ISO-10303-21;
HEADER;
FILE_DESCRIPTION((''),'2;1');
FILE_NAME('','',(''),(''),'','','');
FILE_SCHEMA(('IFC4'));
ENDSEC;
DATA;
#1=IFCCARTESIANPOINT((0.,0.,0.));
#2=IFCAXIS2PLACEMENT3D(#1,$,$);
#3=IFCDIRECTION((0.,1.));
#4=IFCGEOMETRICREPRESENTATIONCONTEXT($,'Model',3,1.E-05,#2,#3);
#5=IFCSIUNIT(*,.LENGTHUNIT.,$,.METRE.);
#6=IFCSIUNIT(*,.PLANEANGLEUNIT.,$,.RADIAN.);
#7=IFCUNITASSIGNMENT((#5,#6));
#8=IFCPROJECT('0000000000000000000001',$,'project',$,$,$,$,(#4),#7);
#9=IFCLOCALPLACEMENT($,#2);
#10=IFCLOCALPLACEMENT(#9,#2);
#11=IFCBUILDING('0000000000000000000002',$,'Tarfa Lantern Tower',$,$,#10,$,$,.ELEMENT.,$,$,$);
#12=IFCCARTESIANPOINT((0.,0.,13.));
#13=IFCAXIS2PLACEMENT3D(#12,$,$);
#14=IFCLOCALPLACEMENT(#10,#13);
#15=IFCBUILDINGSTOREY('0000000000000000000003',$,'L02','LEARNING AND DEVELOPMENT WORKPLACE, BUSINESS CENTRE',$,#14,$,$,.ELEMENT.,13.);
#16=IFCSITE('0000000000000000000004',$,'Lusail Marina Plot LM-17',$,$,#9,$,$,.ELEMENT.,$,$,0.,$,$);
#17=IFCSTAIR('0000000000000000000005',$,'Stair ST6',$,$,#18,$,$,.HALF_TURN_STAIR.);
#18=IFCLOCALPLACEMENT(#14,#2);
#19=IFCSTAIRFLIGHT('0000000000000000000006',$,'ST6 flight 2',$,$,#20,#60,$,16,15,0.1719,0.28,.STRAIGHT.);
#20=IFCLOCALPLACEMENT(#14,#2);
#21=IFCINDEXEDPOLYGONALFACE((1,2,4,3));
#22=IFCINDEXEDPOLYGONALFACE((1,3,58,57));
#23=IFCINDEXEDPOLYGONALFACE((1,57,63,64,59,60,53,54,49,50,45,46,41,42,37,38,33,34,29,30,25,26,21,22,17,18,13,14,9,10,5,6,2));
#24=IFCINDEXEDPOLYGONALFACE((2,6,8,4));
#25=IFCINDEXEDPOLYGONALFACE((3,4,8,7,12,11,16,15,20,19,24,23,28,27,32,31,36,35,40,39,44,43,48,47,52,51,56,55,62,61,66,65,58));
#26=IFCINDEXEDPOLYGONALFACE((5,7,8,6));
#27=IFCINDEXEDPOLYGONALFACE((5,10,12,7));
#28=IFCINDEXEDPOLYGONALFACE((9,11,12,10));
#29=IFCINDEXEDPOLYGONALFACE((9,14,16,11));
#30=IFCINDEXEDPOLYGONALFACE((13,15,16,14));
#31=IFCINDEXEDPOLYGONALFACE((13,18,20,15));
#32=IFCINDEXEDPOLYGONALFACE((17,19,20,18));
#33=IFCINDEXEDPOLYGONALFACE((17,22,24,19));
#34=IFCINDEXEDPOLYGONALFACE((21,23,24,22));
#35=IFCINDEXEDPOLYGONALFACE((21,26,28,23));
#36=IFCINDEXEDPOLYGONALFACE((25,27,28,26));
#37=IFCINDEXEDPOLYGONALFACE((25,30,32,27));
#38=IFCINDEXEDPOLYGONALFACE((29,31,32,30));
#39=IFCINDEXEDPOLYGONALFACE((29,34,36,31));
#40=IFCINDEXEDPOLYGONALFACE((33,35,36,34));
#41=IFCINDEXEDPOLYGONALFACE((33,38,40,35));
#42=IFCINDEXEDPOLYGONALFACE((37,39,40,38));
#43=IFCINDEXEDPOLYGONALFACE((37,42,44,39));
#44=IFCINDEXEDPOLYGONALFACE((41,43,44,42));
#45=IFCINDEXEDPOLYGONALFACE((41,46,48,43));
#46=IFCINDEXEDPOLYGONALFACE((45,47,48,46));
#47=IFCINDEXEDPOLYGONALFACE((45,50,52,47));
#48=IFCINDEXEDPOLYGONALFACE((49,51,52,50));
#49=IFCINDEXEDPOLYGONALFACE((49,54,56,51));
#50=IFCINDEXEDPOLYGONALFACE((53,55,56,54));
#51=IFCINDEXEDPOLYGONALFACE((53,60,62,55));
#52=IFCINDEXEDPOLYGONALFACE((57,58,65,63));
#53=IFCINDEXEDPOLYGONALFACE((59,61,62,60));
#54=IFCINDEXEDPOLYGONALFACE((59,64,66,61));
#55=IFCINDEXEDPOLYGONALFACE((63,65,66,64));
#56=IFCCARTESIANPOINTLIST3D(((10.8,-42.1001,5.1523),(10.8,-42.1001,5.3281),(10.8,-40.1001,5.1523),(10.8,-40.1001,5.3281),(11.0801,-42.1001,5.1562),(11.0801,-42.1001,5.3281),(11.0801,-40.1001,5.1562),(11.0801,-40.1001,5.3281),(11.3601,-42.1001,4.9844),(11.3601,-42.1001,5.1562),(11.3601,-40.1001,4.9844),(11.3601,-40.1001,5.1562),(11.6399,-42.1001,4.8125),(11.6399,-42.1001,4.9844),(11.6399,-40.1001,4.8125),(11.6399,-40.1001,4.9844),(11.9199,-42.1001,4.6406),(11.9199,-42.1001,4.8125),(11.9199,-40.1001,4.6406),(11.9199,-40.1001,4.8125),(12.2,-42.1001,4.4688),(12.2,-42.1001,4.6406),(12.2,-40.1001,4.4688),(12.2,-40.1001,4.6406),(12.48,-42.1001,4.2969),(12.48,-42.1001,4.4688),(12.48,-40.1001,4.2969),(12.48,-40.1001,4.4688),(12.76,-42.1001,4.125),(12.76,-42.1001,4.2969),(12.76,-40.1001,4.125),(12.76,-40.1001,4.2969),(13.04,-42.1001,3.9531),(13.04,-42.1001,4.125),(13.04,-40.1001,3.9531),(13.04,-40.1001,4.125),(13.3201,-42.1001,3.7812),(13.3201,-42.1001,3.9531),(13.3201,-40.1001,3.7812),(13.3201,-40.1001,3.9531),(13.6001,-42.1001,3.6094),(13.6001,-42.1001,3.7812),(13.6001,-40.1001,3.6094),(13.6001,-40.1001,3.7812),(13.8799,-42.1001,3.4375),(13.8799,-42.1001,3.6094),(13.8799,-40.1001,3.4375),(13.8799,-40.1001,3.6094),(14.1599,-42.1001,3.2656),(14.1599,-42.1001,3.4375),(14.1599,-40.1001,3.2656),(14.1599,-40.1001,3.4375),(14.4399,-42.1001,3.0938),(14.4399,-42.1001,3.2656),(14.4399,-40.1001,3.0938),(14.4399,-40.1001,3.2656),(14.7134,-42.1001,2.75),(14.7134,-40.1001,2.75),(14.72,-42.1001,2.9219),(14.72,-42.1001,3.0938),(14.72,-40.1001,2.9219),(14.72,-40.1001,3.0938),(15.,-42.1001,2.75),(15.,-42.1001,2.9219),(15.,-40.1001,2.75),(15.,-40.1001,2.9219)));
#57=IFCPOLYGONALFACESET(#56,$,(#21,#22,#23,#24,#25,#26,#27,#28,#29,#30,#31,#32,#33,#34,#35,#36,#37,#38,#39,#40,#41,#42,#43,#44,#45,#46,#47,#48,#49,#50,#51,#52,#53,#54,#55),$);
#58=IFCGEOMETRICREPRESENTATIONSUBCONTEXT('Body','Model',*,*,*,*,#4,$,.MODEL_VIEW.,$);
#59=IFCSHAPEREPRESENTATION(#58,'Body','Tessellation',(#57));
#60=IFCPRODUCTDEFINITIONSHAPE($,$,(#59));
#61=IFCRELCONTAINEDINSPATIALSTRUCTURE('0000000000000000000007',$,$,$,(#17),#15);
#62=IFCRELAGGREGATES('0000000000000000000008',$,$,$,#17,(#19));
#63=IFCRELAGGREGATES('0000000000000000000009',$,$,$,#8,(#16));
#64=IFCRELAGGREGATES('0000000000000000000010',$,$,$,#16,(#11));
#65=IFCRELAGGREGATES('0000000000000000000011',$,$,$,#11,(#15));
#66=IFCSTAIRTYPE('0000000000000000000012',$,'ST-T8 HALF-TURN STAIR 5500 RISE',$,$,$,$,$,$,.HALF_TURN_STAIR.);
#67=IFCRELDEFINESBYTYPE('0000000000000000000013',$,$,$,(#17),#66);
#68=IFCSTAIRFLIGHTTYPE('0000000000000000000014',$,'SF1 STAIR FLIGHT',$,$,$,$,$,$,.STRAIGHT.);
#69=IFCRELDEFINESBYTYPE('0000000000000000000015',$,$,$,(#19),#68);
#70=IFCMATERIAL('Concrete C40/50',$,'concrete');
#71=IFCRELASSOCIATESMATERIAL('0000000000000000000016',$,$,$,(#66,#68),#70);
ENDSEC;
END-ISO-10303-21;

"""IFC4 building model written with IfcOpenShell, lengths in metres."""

from ifc_helpers import new_model, si_unit, direction, frame, origin, place, context, subcontext, project, spatial, polyline, outline, extrude, material, type_object, element, aggregate, save


model = new_model("IFC4")

# Units and contexts
model_context = context("Model", 3, precision=1e-05, world=origin(), true_north=direction((0.0, 1.0)))
body_context = subcontext(model_context, "Body", "Model", "MODEL_VIEW")
ifc_project = project(units=[si_unit("LENGTHUNIT", "METRE"), si_unit("PLANEANGLEUNIT", "RADIAN")], contexts=[model_context])

# Site, building, storey
site_placement = place(None, origin())
site = spatial("IfcSite", under=ifc_project, at=site_placement, Name="Lusail Marina Plot LM-17", CompositionType="ELEMENT", RefElevation=0.0)
building_placement = place(site_placement, origin())
building = spatial("IfcBuilding", under=site, at=building_placement, Name="Tarfa Lantern Tower", CompositionType="ELEMENT")
storey_placement = place(building_placement, frame((0.0, 0.0, 13.0)))
storey = spatial("IfcBuildingStorey", under=building, at=storey_placement, Name="L02", Description="LEARNING AND DEVELOPMENT WORKPLACE, BUSINESS CENTRE", CompositionType="ELEMENT", Elevation=13.0)

# Stair, stair flight
ifc_material_1 = material(Name="Concrete C40/50", Category="concrete")
stair_type = type_object("IfcStairType", Name="ST-T8 HALF-TURN STAIR 5500 RISE", PredefinedType="HALF_TURN_STAIR", material=ifc_material_1)
stair_placement = place(storey_placement, origin())
stair = element("IfcStair", 1, at=stair_placement, inside=storey, type_object=stair_type, Name="Stair ST6", PredefinedType="HALF_TURN_STAIR")
stair_flight_type = type_object("IfcStairFlightType", Name="SF1 STAIR FLIGHT", PredefinedType="STRAIGHT", material=ifc_material_1)
stair_flight_1_placement = place(storey_placement, frame((15.0, -41.1001, 2.75), z_axis=(0.0, 0.0, 1.0), x_axis=(-1.0, 0.0, 0.0)))
stair_flight_1 = element("IfcStairFlight", 2, at=stair_flight_1_placement, type_object=stair_flight_type, Name="ST6 flight 2", NumberOfRisers=16, NumberOfTreads=15, PredefinedType="STRAIGHT", RiserHeight=0.1719, TreadLength=0.28, context=body_context, shape_type="SweptSolid", body=[
    extrude(outline(polyline([(0.0, 0.0), (0.0, 0.1719), (0.28, 0.1719), (0.28, 0.3438), (0.5601, 0.3438), (0.5601, 0.5156), (0.8401, 0.5156), (0.8401, 0.6875), (1.1201, 0.6875), (1.1201, 0.8594), (1.3999, 0.8594), (1.3999, 1.0312), (1.6799, 1.0312), (1.6799, 1.2031), (1.96, 1.2031), (1.96, 1.375), (2.24, 1.375), (2.24, 1.5469), (2.52, 1.5469), (2.52, 1.7188), (2.8, 1.7188), (2.8, 1.8906), (3.0801, 1.8906), (3.0801, 2.0625), (3.3601, 2.0625), (3.3601, 2.2344), (3.6399, 2.2344), (3.6399, 2.4062), (3.9199, 2.4062), (3.9199, 2.5781), (4.2, 2.5781), (4.2, 2.75), (4.2, 2.4023), (0.2866, 0.0), (0.0, 0.0)])), frame((0.0, 1.0, 0.0), z_axis=(0.0, -1.0, 0.0), x_axis=(1.0, 0.0, 0.0)), (0.0, 0.0, 1.0), 2.0),
])
aggregate(stair, [stair_flight_1])

save(model, "model.ifc")
